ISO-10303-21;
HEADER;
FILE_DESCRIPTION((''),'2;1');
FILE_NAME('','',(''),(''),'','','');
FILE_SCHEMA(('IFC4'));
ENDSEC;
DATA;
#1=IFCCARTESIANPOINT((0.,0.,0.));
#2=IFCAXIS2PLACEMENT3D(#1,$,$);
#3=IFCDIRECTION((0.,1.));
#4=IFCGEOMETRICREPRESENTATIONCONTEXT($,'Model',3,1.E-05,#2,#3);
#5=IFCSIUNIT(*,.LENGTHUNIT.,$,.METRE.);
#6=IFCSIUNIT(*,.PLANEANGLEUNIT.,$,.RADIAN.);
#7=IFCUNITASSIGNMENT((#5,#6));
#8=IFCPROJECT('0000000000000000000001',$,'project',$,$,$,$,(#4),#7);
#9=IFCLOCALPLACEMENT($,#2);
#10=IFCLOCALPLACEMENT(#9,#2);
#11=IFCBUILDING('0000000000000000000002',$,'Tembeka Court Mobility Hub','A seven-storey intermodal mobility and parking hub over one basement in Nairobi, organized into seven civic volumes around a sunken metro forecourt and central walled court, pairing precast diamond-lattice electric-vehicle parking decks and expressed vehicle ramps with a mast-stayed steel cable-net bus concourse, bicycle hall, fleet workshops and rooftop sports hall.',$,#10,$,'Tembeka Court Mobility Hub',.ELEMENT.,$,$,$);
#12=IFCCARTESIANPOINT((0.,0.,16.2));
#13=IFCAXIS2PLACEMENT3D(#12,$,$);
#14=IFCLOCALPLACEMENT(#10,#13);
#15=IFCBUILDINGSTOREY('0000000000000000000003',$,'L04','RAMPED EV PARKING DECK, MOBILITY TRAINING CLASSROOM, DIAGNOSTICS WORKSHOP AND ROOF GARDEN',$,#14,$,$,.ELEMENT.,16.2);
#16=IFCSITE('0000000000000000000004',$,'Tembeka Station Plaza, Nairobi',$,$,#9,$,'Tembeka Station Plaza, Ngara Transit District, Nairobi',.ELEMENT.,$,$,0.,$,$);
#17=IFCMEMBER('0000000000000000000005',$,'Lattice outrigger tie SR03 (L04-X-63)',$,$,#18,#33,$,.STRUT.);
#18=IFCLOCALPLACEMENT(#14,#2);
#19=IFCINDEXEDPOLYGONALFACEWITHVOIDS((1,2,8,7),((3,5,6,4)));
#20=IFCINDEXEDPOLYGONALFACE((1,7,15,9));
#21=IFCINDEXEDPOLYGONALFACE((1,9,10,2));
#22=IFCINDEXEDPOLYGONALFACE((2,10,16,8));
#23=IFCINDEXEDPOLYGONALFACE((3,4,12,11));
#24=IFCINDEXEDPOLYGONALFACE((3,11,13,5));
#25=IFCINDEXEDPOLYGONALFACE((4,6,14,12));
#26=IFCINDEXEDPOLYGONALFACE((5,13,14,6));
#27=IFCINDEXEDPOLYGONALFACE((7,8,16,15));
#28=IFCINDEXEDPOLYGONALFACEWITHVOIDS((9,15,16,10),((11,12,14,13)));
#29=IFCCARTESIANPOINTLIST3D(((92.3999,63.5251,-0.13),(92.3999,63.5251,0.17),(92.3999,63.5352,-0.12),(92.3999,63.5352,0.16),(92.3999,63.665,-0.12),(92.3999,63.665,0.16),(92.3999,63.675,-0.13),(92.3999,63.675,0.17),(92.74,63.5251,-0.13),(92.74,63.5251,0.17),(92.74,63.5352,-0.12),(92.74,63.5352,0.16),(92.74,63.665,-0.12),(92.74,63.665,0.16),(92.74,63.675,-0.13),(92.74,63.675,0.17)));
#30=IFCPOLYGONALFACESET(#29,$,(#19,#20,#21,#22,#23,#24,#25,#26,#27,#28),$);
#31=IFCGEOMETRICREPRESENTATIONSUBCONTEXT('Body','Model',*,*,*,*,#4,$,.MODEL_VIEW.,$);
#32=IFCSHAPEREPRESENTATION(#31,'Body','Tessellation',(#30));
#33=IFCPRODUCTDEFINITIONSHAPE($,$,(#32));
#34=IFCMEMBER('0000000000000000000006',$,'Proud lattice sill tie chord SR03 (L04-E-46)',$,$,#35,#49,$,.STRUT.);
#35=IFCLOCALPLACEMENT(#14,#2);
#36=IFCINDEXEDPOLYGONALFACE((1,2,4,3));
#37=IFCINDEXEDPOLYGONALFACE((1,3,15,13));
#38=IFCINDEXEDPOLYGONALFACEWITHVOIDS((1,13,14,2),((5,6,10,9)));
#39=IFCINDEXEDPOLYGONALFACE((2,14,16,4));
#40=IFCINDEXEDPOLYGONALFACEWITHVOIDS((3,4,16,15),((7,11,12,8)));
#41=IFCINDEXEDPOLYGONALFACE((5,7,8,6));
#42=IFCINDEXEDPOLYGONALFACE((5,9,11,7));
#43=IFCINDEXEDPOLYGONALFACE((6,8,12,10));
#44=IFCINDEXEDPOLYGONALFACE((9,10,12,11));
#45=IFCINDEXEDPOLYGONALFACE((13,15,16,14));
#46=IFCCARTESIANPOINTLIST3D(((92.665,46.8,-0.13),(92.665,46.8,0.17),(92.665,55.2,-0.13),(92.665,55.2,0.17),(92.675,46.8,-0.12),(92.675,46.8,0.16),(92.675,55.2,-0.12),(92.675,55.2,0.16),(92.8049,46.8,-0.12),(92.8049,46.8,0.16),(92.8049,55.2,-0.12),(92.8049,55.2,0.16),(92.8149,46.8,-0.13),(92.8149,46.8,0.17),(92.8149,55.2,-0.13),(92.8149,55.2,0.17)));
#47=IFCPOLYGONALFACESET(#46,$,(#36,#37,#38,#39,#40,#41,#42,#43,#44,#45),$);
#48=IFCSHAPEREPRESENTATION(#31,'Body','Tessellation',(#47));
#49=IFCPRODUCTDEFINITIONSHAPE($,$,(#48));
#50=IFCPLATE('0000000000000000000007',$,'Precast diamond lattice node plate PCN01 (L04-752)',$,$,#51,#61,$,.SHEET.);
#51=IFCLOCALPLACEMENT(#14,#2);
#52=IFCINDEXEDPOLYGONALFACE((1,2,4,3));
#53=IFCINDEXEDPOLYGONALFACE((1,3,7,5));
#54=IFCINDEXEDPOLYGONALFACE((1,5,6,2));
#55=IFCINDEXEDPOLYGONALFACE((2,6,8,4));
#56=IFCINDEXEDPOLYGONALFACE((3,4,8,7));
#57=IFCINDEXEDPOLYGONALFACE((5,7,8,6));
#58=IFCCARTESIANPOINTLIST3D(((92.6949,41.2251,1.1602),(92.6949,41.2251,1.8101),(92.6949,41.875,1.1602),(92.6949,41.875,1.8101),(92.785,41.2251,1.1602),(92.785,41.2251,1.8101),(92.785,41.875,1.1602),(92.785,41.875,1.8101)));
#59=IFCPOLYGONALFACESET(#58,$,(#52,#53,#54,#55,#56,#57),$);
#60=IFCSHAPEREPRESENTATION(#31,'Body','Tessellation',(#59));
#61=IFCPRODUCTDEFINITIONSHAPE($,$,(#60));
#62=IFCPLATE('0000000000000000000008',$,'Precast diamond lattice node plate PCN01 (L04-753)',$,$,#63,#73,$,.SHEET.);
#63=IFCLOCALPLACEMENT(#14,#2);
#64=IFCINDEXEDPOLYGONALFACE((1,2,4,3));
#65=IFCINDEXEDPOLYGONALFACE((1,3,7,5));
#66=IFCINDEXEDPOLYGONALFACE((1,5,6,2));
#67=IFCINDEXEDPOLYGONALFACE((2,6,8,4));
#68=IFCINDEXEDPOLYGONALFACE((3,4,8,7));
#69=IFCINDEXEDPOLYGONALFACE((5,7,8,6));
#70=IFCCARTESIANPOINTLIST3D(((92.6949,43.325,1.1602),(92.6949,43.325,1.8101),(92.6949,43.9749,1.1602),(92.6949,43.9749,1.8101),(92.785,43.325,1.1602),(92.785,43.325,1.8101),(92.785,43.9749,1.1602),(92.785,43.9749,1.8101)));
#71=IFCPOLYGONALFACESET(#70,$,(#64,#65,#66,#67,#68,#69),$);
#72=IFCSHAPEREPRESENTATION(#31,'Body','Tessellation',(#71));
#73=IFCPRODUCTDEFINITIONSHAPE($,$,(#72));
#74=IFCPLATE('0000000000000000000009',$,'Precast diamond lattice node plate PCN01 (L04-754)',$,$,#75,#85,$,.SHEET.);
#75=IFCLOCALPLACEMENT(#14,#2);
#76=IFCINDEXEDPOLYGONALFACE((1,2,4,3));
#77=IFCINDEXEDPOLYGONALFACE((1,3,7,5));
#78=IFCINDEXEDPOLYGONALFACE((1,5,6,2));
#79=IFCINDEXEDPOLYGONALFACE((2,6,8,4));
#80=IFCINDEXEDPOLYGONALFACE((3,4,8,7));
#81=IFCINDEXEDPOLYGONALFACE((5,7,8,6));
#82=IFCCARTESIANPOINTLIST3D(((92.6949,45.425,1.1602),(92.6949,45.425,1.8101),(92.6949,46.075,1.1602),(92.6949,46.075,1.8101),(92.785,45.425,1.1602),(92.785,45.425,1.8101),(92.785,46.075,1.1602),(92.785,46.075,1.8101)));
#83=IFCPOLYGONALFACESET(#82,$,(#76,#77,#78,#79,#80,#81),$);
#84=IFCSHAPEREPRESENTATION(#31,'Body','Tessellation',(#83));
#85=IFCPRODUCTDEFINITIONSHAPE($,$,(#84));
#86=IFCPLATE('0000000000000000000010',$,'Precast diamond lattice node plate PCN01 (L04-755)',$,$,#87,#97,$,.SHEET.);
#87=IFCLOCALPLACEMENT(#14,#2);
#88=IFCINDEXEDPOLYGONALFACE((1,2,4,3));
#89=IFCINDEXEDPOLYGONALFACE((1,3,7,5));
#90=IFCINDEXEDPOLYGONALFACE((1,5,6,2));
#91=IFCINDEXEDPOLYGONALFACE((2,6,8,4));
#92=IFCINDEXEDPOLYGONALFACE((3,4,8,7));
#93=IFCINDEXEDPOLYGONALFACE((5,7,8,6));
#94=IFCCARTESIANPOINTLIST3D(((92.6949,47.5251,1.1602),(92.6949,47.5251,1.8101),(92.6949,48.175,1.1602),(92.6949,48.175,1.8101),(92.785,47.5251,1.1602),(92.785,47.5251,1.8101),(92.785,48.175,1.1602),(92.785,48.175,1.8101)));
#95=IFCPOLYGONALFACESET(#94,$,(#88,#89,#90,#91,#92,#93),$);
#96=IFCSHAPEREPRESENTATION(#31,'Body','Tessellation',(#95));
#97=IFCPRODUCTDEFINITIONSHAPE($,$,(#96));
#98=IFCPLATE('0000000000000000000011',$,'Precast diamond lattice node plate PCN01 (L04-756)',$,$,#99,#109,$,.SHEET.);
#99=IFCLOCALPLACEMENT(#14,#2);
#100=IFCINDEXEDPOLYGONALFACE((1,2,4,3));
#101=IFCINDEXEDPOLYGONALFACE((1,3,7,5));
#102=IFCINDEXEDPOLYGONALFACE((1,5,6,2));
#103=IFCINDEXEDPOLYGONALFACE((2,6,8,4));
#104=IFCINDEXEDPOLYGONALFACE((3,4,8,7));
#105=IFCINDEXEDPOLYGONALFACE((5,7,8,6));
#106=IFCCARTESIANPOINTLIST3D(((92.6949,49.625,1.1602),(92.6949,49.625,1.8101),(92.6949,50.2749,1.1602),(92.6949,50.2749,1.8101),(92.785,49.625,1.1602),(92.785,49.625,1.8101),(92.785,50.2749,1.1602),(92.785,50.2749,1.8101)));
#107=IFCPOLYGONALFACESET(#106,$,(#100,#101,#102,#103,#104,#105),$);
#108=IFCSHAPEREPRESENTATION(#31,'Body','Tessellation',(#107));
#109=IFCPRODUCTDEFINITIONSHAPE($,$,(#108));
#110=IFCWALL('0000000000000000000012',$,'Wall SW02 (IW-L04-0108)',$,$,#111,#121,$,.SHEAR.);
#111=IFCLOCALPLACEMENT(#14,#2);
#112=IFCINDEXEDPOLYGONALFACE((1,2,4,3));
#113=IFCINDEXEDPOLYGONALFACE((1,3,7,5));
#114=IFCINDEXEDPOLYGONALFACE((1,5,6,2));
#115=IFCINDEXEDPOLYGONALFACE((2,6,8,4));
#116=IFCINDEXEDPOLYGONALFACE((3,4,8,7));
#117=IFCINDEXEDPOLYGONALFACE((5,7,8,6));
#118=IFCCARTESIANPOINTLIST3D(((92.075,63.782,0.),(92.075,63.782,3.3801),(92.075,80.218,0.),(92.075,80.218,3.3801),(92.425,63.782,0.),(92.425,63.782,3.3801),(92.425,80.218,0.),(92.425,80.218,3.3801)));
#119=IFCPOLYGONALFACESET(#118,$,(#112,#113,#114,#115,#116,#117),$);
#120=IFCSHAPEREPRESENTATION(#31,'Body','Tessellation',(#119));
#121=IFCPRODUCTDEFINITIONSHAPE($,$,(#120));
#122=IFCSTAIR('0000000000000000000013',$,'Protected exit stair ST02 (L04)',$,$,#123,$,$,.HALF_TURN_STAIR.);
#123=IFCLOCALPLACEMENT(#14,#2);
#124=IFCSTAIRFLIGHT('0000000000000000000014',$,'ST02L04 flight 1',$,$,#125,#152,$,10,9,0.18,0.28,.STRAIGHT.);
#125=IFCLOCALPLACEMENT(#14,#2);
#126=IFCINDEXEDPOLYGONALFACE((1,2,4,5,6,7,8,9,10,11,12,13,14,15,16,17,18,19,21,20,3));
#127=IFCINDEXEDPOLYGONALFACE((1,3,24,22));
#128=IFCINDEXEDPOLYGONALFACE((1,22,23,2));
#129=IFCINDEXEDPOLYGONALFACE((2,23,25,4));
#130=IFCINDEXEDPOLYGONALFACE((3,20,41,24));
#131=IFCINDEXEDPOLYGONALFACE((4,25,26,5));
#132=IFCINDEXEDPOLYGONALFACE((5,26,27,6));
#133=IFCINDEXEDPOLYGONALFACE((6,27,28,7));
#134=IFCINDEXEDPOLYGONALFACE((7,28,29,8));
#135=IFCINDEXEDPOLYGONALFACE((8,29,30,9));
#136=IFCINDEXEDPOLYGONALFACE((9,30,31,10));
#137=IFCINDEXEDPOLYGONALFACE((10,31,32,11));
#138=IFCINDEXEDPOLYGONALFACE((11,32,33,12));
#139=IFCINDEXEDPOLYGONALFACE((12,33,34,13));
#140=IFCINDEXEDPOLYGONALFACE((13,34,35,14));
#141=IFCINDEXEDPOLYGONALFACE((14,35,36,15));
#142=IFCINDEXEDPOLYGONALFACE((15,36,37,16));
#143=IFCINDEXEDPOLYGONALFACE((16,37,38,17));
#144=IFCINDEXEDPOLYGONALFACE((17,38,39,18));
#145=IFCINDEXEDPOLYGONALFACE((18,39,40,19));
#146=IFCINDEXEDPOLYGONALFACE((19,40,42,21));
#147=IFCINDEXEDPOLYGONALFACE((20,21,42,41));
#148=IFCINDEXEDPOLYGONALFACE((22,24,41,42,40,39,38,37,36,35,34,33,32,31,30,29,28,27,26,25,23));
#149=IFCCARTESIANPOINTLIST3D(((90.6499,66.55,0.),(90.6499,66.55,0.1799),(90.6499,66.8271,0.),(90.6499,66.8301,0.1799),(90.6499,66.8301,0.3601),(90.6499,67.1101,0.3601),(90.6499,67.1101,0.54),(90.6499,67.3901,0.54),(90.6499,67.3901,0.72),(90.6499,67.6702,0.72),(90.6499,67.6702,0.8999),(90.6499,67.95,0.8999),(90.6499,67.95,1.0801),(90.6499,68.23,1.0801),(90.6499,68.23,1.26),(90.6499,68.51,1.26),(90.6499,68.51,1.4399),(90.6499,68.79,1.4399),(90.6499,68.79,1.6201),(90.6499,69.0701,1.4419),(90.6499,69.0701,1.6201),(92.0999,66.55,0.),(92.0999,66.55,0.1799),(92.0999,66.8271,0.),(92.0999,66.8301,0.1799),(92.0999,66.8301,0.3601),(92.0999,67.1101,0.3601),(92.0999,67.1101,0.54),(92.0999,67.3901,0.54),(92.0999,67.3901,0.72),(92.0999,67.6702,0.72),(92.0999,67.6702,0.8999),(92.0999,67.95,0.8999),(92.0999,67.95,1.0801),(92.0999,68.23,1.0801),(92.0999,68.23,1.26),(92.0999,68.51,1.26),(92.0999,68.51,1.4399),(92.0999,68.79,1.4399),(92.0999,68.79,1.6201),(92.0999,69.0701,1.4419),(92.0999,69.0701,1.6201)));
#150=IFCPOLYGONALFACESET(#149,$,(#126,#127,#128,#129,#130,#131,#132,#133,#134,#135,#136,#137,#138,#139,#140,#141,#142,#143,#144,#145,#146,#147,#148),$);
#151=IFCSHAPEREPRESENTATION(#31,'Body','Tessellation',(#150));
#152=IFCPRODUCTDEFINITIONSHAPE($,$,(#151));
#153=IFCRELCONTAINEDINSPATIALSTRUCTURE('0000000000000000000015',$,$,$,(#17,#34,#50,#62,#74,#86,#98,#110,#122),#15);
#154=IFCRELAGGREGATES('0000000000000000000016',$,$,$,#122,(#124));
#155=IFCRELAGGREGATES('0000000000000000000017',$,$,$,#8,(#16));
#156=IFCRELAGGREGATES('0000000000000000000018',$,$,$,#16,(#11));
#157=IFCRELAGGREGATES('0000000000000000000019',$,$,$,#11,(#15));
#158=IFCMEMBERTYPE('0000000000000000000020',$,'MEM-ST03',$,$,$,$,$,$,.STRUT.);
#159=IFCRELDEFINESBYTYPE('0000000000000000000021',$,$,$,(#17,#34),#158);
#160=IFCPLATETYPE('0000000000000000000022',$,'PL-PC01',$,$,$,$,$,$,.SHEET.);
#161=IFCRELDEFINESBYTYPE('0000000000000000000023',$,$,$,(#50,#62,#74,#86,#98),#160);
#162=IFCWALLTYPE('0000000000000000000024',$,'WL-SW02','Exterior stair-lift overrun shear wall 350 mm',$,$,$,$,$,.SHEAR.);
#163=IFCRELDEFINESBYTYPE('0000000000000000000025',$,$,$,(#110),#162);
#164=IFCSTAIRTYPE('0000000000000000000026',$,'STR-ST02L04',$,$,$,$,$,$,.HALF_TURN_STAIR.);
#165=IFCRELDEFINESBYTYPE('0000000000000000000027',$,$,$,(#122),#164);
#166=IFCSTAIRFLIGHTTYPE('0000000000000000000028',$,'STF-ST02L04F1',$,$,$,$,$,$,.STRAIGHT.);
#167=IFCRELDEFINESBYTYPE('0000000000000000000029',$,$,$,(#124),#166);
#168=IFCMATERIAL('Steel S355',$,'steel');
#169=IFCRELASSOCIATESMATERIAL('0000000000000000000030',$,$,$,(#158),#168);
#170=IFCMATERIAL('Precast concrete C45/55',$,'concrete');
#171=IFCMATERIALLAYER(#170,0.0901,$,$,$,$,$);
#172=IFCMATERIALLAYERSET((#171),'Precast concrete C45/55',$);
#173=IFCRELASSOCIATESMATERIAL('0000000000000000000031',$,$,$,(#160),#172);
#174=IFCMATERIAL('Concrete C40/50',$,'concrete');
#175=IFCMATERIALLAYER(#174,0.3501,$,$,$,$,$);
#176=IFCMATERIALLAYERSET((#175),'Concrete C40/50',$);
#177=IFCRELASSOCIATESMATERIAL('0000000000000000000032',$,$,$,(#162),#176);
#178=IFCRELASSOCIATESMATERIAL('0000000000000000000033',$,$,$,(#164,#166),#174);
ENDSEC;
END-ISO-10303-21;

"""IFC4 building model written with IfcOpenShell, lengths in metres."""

from ifc_helpers import new_model, si_unit, direction, frame, frame_2d, origin, origin_2d, place, context, subcontext, project, spatial, polyline, rectangle, hollow_rectangle, outline, extrude, material, layer, layer_set, material_profile, profile_set, type_object, element, aggregate, save


model = new_model("IFC4")

# Units and contexts
model_context = context("Model", 3, precision=1e-05, world=origin(), true_north=direction((0.0, 1.0)))
body_context = subcontext(model_context, "Body", "Model", "MODEL_VIEW")
ifc_project = project(units=[si_unit("LENGTHUNIT", "METRE"), si_unit("PLANEANGLEUNIT", "RADIAN")], contexts=[model_context])

# Site, building, storey
site_placement = place(None, origin())
site = spatial("IfcSite", under=ifc_project, at=site_placement, Name="Tembeka Station Plaza, Nairobi", LongName="Tembeka Station Plaza, Ngara Transit District, Nairobi", CompositionType="ELEMENT", RefElevation=0.0)
building_placement = place(site_placement, origin())
building = spatial("IfcBuilding", under=site, at=building_placement, Name="Tembeka Court Mobility Hub", Description="A seven-storey intermodal mobility and parking hub over one basement in Nairobi, organized into seven civic volumes around a sunken metro forecourt and central walled court, pairing precast diamond-lattice electric-vehicle parking decks and expressed vehicle ramps with a mast-stayed steel cable-net bus concourse, bicycle hall, fleet workshops and rooftop sports hall.", LongName="Tembeka Court Mobility Hub", CompositionType="ELEMENT")
storey_placement = place(building_placement, frame((0.0, 0.0, 16.2)))
storey = spatial("IfcBuildingStorey", under=building, at=storey_placement, Name="L04", Description="RAMPED EV PARKING DECK, MOBILITY TRAINING CLASSROOM, DIAGNOSTICS WORKSHOP AND ROOF GARDEN", CompositionType="ELEMENT", Elevation=16.2)

# Shared definitions
ifc_material_1 = material(Name="Steel S355", Category="steel")

# Shared definitions
ifc_material_2 = material(Name="Precast concrete C45/55", Category="concrete")

# Members
ifc_material_profile_1 = material_profile(ifc_material_1, hollow_rectangle(XDim=0.1499, YDim=0.3, WallThickness=0.01, at=origin_2d()), Name="RHS 300x150x10")
ifc_profile_set_1 = profile_set([ifc_material_profile_1], Name="Steel S355")
member_type_1 = type_object("IfcMemberType", Name="MEM-ST03", PredefinedType="STRUT", material=ifc_profile_set_1)
for number, where, z_axis, x_axis, name in (
    (1, (92.3999, 63.6001, 0.02), (1.0, 0.0, 0.0), (0.0, 1.0, 0.0), "Lattice outrigger tie SR03 (L04-X-63)"),
):
    element("IfcMember", number, at=place(storey_placement, frame(where, z_axis=z_axis, x_axis=x_axis)), inside=storey, type_object=member_type_1, Name=name, PredefinedType="STRUT", context=body_context, shape_type="SweptSolid", body=[
        extrude(hollow_rectangle(XDim=0.1499, YDim=0.3, WallThickness=0.01, at=origin_2d()), origin(), (0.0, 0.0, 1.0), 0.3401),
    ])
member_1_placement = place(storey_placement, frame((92.74, 46.8, 0.02), z_axis=(0.0, 1.0, 0.0), x_axis=(-1.0, 0.0, 0.0)))
element("IfcMember", 2, at=member_1_placement, inside=storey, type_object=member_type_1, Name="Proud lattice sill tie chord SR03 (L04-E-46)", PredefinedType="STRUT", context=body_context, shape_type="SweptSolid", body=[
    extrude(hollow_rectangle(XDim=0.1499, YDim=0.3, WallThickness=0.01, at=origin_2d()), origin(), (0.0, 0.0, 1.0), 8.3999),
])

# Plates
ifc_layer_1 = layer(ifc_material_2, 0.0901)
ifc_layer_set_1 = layer_set([ifc_layer_1], Name="Precast concrete C45/55")
plate_type = type_object("IfcPlateType", Name="PL-PC01", PredefinedType="SHEET", material=ifc_layer_set_1)
for number, where, z_axis, x_axis, name in (
    (3, (92.74, 41.55, 1.1602), (0.0, 0.0, 1.0), (1.0, 0.0, 0.0), "Precast diamond lattice node plate PCN01 (L04-752)"),
    (4, (92.74, 43.6499, 1.1602), (0.0, 0.0, 1.0), (1.0, 0.0, 0.0), "Precast diamond lattice node plate PCN01 (L04-753)"),
    (5, (92.74, 45.75, 1.1602), (0.0, 0.0, 1.0), (1.0, 0.0, 0.0), "Precast diamond lattice node plate PCN01 (L04-754)"),
    (6, (92.74, 47.8501, 1.1602), (0.0, 0.0, 1.0), (1.0, 0.0, 0.0), "Precast diamond lattice node plate PCN01 (L04-755)"),
    (7, (92.74, 49.95, 1.1602), (0.0, 0.0, 1.0), (1.0, 0.0, 0.0), "Precast diamond lattice node plate PCN01 (L04-756)"),
):
    element("IfcPlate", number, at=place(storey_placement, frame(where, z_axis=z_axis, x_axis=x_axis)), inside=storey, type_object=plate_type, Name=name, PredefinedType="SHEET", context=body_context, shape_type="SweptSolid", body=[
        extrude(rectangle(XDim=0.0901, YDim=0.6499, at=origin_2d()), origin(), (0.0, 0.0, 1.0), 0.6499),
    ])

# Wall
ifc_material_3 = material(Name="Concrete C40/50", Category="concrete")
ifc_layer_2 = layer(ifc_material_3, 0.3501)
ifc_layer_set_2 = layer_set([ifc_layer_2], Name="Concrete C40/50")
wall_type = type_object("IfcWallType", Name="WL-SW02", Description="Exterior stair-lift overrun shear wall 350 mm", PredefinedType="SHEAR", material=ifc_layer_set_2)
wall_placement = place(storey_placement, frame((92.25, 63.782, 0.0), z_axis=(0.0, 0.0, 1.0), x_axis=(0.0, 1.0, 0.0)))
element("IfcWall", 8, at=wall_placement, inside=storey, type_object=wall_type, Name="Wall SW02 (IW-L04-0108)", PredefinedType="SHEAR", context=body_context, shape_type="SweptSolid", body=[
    extrude(rectangle(XDim=16.436, YDim=0.3501, at=frame_2d((8.218, 0.0))), origin(), (0.0, 0.0, 1.0), 3.3801),
])

# Stair, stair flight
stair_type = type_object("IfcStairType", Name="STR-ST02L04", PredefinedType="HALF_TURN_STAIR", material=ifc_material_3)
stair_placement = place(storey_placement, origin())
stair = element("IfcStair", 9, at=stair_placement, inside=storey, type_object=stair_type, Name="Protected exit stair ST02 (L04)", PredefinedType="HALF_TURN_STAIR")
stair_flight_type = type_object("IfcStairFlightType", Name="STF-ST02L04F1", PredefinedType="STRAIGHT", material=ifc_material_3)
stair_flight_placement = place(storey_placement, frame((91.375, 66.55, 0.0), z_axis=(0.0, 0.0, 1.0), x_axis=(0.0, 1.0, 0.0)))
stair_flight = element("IfcStairFlight", 10, at=stair_flight_placement, type_object=stair_flight_type, Name="ST02L04 flight 1", NumberOfRisers=10, NumberOfTreads=9, PredefinedType="STRAIGHT", RiserHeight=0.18, TreadLength=0.28, context=body_context, shape_type="SweptSolid", body=[
    extrude(outline(polyline([(0.0, 0.0), (0.0, 0.1799), (0.28, 0.1799), (0.28, 0.3601), (0.5601, 0.3601), (0.5601, 0.54), (0.8401, 0.54), (0.8401, 0.72), (1.1201, 0.72), (1.1201, 0.8999), (1.3999, 0.8999), (1.3999, 1.0801), (1.6799, 1.0801), (1.6799, 1.26), (1.96, 1.26), (1.96, 1.4399), (2.24, 1.4399), (2.24, 1.6201), (2.52, 1.6201), (2.52, 1.8), (2.52, 1.4419), (0.2771, 0.0), (0.0, 0.0)])), frame((0.0, 0.7251, 0.0), z_axis=(0.0, -1.0, 0.0), x_axis=(1.0, 0.0, 0.0)), (0.0, 0.0, 1.0), 1.45),
])
aggregate(stair, [stair_flight])

save(model, "model.ifc")
